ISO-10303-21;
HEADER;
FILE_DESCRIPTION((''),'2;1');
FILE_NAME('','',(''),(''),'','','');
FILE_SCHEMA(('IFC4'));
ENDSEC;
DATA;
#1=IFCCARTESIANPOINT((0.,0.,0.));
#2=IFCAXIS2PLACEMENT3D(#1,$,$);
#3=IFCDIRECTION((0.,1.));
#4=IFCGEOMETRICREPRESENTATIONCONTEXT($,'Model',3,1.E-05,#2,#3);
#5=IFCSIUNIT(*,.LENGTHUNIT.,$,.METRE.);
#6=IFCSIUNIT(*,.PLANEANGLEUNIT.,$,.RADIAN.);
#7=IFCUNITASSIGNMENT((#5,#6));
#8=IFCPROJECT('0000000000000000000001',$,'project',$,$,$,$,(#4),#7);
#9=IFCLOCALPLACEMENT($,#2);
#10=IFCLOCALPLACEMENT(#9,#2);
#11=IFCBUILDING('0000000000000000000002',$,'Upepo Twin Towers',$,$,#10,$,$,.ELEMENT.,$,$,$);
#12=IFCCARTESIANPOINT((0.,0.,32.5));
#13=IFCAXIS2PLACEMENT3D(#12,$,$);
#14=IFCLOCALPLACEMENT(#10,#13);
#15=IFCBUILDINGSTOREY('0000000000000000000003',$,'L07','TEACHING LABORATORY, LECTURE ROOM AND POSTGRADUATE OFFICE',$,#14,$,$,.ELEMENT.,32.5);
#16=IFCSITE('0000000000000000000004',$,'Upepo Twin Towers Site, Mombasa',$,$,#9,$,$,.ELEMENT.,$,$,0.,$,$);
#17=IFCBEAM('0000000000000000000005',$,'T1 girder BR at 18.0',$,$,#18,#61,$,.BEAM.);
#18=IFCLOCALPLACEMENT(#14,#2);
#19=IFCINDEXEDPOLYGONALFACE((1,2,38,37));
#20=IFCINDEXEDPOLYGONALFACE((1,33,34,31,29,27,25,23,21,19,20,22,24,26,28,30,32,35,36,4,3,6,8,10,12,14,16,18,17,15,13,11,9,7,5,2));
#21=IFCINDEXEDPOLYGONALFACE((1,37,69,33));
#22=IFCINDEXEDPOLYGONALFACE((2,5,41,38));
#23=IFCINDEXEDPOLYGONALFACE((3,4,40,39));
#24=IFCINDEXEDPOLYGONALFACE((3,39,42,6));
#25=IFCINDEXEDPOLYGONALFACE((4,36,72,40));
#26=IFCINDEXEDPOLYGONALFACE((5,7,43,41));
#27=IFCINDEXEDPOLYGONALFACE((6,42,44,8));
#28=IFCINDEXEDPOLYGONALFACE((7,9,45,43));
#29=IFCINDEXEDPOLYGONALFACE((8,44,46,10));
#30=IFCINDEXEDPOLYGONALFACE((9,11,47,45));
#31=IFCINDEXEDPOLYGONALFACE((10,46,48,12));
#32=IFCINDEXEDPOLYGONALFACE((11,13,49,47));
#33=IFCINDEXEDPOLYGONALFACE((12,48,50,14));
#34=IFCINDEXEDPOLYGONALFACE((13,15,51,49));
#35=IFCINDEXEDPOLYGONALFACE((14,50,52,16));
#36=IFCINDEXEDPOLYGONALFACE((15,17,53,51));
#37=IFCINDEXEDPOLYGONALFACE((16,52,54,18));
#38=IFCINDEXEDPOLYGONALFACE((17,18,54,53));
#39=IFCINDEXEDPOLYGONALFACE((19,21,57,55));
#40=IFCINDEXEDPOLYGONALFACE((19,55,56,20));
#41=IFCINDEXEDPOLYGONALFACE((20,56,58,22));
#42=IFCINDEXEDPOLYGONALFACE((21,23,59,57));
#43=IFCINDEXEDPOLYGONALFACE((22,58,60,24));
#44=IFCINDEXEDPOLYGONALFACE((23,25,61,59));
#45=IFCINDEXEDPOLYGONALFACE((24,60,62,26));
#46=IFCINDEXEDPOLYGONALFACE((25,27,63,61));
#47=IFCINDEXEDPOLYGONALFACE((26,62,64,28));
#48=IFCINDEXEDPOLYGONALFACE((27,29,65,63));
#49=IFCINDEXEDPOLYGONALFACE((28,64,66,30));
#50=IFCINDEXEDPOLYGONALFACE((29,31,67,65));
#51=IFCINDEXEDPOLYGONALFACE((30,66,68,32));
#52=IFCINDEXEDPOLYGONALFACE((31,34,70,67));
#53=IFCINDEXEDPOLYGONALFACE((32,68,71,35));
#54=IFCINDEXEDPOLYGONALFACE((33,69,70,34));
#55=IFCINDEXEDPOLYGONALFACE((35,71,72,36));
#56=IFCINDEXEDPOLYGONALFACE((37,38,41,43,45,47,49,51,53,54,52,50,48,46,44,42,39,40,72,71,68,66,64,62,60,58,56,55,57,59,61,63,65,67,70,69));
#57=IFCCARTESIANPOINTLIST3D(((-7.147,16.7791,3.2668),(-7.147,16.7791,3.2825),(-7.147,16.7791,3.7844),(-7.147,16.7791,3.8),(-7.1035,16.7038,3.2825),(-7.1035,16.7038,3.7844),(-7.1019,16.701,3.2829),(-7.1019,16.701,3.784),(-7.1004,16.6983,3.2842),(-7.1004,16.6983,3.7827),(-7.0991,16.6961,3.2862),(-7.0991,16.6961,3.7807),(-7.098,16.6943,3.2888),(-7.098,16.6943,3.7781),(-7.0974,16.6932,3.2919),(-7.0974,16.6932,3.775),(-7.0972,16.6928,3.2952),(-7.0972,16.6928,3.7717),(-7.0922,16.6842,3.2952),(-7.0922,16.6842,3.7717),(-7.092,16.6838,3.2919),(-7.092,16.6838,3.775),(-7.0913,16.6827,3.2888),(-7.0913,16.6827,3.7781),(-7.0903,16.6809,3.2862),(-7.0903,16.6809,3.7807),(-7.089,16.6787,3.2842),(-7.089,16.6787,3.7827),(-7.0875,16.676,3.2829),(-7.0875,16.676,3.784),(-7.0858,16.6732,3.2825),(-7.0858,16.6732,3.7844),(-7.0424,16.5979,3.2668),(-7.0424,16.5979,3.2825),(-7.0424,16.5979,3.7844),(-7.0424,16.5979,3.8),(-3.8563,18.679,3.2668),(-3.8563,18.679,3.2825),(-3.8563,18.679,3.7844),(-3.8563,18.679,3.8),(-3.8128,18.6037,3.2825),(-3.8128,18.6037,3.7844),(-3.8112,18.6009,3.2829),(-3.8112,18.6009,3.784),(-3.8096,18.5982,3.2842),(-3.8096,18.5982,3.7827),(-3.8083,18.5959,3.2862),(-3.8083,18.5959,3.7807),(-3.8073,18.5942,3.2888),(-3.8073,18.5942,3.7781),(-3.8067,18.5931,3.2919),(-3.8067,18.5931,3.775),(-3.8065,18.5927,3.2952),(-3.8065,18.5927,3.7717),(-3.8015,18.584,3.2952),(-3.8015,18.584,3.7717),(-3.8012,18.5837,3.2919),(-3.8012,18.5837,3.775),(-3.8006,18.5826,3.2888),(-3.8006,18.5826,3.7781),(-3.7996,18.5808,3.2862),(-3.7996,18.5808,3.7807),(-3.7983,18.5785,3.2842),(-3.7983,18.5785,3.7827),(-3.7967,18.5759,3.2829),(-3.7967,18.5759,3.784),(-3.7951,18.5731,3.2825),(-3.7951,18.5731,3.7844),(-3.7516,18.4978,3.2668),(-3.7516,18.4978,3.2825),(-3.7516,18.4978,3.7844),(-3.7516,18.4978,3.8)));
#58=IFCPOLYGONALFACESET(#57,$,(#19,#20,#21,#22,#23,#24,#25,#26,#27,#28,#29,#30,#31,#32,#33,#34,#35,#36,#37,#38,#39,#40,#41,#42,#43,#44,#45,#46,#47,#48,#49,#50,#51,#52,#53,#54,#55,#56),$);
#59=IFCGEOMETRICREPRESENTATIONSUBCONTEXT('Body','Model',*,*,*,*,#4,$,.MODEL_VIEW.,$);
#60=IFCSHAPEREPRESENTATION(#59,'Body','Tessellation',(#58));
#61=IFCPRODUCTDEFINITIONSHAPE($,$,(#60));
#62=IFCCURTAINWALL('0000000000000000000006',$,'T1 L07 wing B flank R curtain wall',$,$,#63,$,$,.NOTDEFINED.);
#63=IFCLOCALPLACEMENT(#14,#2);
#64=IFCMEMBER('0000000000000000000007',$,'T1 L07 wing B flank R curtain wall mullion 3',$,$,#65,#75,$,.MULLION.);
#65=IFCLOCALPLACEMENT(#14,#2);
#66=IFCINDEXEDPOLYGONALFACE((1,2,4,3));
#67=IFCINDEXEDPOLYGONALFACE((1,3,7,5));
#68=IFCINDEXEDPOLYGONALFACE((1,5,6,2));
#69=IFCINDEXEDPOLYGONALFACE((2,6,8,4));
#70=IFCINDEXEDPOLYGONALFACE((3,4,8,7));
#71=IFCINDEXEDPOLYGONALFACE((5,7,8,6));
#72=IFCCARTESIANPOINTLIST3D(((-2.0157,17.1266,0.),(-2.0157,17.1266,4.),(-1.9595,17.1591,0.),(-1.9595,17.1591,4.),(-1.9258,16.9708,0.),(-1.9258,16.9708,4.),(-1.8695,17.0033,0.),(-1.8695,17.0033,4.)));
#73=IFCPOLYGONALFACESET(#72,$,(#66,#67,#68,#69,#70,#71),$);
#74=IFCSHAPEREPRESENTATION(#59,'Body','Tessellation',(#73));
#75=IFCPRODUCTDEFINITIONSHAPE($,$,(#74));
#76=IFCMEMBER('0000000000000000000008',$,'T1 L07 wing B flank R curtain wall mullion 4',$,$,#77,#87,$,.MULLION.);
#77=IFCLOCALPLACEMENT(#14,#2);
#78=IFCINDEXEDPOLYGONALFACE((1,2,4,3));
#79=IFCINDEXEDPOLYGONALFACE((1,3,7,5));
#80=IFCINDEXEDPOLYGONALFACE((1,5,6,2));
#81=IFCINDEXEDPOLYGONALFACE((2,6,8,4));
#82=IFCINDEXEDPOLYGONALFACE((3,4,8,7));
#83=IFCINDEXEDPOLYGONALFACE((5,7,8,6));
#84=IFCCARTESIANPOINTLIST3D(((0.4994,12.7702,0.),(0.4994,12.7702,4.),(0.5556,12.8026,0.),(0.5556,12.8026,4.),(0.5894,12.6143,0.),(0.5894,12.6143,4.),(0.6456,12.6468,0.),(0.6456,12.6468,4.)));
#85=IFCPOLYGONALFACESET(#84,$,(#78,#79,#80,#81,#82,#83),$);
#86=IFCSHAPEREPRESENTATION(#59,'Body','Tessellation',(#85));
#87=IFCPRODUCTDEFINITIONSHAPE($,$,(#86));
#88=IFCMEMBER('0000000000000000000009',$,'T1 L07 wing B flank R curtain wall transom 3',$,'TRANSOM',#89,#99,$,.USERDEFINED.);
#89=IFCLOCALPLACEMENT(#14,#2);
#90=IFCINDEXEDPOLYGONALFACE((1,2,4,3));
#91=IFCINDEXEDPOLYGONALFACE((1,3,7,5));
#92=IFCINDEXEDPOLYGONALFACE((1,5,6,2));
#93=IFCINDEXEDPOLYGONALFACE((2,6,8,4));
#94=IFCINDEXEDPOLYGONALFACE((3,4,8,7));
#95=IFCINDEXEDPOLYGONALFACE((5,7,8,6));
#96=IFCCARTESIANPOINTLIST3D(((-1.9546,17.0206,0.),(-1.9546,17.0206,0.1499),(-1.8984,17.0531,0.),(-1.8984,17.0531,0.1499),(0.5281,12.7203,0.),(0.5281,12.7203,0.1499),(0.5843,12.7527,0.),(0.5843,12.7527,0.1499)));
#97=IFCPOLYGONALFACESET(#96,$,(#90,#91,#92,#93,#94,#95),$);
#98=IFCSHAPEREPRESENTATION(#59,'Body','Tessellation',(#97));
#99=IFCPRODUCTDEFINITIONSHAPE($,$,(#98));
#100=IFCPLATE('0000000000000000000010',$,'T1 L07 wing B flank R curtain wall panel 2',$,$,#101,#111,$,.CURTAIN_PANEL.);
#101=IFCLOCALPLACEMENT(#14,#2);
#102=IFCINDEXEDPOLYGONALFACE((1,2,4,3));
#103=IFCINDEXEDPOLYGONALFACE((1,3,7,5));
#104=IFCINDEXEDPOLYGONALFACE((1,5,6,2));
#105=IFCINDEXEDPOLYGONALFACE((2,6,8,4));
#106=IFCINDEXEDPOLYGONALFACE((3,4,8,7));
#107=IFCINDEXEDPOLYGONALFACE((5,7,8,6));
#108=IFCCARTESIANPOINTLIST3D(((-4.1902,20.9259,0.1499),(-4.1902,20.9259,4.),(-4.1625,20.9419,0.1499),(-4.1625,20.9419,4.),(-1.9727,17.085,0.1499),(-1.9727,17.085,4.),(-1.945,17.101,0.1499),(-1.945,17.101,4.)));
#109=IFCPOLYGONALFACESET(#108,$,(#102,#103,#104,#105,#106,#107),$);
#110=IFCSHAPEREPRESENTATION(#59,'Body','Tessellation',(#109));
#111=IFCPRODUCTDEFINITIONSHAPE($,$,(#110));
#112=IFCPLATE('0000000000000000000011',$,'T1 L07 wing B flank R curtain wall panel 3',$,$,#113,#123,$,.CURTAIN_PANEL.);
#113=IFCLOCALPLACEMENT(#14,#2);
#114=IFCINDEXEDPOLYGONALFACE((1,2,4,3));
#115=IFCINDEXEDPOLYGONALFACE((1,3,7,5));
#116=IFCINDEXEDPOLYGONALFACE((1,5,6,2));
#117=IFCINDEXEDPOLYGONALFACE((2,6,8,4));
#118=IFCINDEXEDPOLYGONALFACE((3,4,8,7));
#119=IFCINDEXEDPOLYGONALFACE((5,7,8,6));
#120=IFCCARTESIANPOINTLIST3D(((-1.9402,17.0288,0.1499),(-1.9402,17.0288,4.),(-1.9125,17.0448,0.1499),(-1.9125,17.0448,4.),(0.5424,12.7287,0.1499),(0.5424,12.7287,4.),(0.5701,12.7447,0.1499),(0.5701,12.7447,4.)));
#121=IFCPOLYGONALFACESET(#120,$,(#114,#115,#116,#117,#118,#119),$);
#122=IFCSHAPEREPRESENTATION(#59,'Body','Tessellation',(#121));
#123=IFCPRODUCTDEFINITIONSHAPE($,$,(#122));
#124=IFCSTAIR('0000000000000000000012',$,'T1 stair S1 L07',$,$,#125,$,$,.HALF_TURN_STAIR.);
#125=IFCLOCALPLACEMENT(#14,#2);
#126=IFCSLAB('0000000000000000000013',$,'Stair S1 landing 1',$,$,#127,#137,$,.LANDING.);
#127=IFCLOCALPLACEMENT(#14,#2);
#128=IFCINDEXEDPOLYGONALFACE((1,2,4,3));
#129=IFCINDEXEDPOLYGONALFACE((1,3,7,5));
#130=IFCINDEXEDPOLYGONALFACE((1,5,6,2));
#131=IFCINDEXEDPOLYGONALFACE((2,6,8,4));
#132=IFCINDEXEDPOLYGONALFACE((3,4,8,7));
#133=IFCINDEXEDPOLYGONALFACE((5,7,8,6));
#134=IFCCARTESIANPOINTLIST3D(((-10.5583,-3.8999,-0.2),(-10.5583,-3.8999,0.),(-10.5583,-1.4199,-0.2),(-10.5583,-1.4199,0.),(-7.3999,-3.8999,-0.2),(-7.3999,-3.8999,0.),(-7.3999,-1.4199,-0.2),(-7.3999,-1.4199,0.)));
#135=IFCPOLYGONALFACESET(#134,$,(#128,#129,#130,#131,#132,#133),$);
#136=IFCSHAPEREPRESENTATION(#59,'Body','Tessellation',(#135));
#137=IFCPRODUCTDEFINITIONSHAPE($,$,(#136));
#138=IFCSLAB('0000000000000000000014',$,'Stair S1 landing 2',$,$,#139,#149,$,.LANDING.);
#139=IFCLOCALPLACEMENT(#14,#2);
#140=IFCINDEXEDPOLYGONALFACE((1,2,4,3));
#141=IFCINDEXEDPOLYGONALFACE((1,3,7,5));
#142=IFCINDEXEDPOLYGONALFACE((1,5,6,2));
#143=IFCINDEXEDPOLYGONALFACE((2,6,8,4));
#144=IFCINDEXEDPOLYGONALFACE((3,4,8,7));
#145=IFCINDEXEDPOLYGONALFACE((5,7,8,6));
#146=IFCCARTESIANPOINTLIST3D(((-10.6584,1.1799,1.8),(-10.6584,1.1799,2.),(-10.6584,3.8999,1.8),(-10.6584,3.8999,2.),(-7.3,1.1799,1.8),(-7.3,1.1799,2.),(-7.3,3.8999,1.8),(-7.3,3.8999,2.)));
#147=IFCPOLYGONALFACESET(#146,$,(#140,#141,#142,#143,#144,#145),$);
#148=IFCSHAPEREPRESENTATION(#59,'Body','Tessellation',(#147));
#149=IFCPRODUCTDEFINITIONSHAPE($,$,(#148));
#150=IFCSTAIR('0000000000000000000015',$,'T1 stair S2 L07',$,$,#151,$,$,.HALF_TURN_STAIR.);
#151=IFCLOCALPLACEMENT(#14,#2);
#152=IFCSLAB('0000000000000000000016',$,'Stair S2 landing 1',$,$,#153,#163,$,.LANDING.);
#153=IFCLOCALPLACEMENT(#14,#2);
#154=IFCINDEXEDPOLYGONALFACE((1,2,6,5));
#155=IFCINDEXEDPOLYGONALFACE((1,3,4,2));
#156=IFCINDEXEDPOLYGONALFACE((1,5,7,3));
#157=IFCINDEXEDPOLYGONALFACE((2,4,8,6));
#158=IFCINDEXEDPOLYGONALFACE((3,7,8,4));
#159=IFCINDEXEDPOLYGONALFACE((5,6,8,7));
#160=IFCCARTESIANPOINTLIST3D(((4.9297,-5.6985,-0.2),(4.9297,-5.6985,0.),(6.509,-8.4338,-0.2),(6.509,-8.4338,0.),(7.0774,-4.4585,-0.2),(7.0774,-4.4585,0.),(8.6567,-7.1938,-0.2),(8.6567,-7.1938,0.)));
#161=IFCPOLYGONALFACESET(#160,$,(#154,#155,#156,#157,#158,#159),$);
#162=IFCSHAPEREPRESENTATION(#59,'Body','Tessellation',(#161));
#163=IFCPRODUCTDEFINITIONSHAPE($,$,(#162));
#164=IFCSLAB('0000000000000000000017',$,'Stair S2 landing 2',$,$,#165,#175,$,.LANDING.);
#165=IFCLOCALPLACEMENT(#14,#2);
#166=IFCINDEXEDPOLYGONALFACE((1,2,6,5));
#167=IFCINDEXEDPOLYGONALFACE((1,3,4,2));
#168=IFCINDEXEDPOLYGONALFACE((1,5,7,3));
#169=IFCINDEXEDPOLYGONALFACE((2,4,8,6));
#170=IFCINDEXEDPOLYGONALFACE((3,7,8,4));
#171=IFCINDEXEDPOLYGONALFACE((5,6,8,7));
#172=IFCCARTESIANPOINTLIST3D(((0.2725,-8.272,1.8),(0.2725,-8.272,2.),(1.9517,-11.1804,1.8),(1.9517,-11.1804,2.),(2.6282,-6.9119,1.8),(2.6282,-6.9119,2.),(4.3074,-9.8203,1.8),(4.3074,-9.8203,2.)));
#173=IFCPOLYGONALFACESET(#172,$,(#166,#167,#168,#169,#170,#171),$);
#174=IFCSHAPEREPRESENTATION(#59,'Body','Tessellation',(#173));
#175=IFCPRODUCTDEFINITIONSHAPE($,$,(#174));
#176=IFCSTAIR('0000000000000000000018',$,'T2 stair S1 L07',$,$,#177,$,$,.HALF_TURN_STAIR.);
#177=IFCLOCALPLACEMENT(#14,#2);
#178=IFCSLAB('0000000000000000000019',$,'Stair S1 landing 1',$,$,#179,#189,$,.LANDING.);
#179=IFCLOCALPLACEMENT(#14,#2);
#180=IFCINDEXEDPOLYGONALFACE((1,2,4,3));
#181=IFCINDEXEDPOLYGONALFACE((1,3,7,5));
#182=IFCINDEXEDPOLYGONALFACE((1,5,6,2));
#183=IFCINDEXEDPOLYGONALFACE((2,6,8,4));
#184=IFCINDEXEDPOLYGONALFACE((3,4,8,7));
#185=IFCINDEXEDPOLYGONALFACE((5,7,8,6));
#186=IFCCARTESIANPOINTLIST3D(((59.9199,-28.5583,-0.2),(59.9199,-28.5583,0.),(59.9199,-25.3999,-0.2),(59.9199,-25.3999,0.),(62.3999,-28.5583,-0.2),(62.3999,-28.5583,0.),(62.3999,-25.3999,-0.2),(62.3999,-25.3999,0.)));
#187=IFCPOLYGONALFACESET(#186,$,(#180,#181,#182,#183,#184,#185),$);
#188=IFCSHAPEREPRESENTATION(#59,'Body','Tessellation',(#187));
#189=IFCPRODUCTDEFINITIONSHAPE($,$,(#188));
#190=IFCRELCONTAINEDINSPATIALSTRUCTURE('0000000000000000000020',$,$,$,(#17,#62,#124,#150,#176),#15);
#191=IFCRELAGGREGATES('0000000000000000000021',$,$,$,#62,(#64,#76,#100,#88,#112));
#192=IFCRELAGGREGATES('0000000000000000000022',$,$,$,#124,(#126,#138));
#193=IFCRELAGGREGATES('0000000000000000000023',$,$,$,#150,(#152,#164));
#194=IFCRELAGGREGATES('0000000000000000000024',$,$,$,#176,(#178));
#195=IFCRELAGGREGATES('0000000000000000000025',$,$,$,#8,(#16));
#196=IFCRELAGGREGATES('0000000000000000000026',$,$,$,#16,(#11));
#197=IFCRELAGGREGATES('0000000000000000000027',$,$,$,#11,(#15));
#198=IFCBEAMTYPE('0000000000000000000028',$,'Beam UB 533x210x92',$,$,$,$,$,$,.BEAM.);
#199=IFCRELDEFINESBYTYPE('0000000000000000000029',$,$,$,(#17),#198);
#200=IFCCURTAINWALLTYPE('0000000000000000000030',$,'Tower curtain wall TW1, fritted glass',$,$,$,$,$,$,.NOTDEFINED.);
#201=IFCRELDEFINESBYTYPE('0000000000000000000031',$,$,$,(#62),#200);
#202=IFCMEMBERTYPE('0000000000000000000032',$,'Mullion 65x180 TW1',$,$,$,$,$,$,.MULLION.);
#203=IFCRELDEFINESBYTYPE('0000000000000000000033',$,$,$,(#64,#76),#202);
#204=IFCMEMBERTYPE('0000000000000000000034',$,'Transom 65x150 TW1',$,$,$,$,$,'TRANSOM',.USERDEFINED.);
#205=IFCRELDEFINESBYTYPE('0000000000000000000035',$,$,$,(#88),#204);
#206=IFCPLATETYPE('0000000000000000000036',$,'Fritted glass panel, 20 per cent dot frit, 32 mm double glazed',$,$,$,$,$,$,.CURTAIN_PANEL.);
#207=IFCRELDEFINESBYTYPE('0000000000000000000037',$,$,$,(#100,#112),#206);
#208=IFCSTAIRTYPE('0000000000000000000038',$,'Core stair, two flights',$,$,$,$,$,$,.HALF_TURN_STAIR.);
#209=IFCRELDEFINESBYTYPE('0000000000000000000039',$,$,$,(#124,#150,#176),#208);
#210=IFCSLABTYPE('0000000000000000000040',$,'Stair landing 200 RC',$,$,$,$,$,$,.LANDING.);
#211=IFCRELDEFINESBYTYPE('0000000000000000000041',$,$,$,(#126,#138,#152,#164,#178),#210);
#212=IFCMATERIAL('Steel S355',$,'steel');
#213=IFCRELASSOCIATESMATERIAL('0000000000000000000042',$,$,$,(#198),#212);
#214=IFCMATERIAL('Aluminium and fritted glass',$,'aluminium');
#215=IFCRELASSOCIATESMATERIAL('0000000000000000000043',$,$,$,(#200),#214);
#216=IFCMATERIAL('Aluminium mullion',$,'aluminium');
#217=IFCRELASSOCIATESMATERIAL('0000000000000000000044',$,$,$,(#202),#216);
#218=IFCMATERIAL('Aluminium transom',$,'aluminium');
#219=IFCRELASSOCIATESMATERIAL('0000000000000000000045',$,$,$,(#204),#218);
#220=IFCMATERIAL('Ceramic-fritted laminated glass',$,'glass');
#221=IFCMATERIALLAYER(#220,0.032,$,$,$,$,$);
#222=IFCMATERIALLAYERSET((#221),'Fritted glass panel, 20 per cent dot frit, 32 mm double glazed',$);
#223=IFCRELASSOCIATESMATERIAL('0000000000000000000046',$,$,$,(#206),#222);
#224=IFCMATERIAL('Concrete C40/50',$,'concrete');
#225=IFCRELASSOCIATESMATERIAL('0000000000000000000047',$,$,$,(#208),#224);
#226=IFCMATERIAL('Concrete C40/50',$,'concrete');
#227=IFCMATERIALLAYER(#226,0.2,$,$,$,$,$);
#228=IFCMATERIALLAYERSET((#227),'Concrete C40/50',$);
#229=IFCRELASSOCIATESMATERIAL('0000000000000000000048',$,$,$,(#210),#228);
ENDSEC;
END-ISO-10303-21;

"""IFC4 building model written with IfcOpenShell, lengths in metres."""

from ifc_helpers import new_model, si_unit, direction, frame, origin, origin_2d, place, context, subcontext, project, spatial, polyline, rectangle, i_section, outline, extrude, material, layer, layer_set, material_profile, profile_set, type_object, element, aggregate, save


model = new_model("IFC4")

# Units and contexts
model_context = context("Model", 3, precision=1e-05, world=origin(), true_north=direction((0.0, 1.0)))
body_context = subcontext(model_context, "Body", "Model", "MODEL_VIEW")
ifc_project = project(units=[si_unit("LENGTHUNIT", "METRE"), si_unit("PLANEANGLEUNIT", "RADIAN")], contexts=[model_context])

# Site, building, storey
site_placement = place(None, origin())
site = spatial("IfcSite", under=ifc_project, at=site_placement, Name="Upepo Twin Towers Site, Mombasa", CompositionType="ELEMENT", RefElevation=0.0)
building_placement = place(site_placement, origin())
building = spatial("IfcBuilding", under=site, at=building_placement, Name="Upepo Twin Towers", CompositionType="ELEMENT")
storey_placement = place(building_placement, frame((0.0, 0.0, 32.5)))
storey = spatial("IfcBuildingStorey", under=building, at=storey_placement, Name="L07", Description="TEACHING LABORATORY, LECTURE ROOM AND POSTGRADUATE OFFICE", CompositionType="ELEMENT", Elevation=32.5)

# Beam
ifc_material_1 = material(Name="Steel S355", Category="steel")
ifc_material_profile_1 = material_profile(ifc_material_1, i_section(OverallWidth=0.2092, OverallDepth=0.5332, WebThickness=0.01, FlangeThickness=0.0156, FilletRadius=0.0127, at=origin_2d()), Name="UB 533x210x92")
ifc_profile_set_1 = profile_set([ifc_material_profile_1], Name="Steel S355")
beam_type_1 = type_object("IfcBeamType", Name="Beam UB 533x210x92", PredefinedType="BEAM", material=ifc_profile_set_1)
beam_1_placement = place(storey_placement, frame((-3.804, 18.5884, 3.5334), z_axis=(-0.866028, -0.499995, 0.0), x_axis=(0.499995, -0.866028, 0.0)))
element("IfcBeam", 1, at=beam_1_placement, inside=storey, type_object=beam_type_1, Name="T1 girder BR at 18.0", PredefinedType="BEAM", context=body_context, shape_type="SweptSolid", body=[
    extrude(i_section(OverallWidth=0.2092, OverallDepth=0.5332, WebThickness=0.01, FlangeThickness=0.0156, FilletRadius=0.0127, at=origin_2d()), origin(), (0.0, 0.0, 1.0), 3.7998),
])

# Curtain wall, members, plates
ifc_material_2 = material(Name="Aluminium and fritted glass", Category="aluminium")
curtain_wall_type = type_object("IfcCurtainWallType", Name="Tower curtain wall TW1, fritted glass", PredefinedType="NOTDEFINED", material=ifc_material_2)
curtain_wall_placement = place(storey_placement, origin())
curtain_wall = element("IfcCurtainWall", 2, at=curtain_wall_placement, inside=storey, type_object=curtain_wall_type, Name="T1 L07 wing B flank R curtain wall", PredefinedType="NOTDEFINED")
ifc_material_3 = material(Name="Aluminium mullion", Category="aluminium")
ifc_material_profile_2 = material_profile(ifc_material_3, rectangle(XDim=0.0649, YDim=0.1799, at=origin_2d()), Name="MULLION 65x180")
ifc_profile_set_2 = profile_set([ifc_material_profile_2], Name="Aluminium mullion")
member_type_1 = type_object("IfcMemberType", Name="Mullion 65x180 TW1", PredefinedType="MULLION", material=ifc_profile_set_2)
member_1_placement = place(storey_placement, frame((-1.9426, 17.0649, 0.0), z_axis=(0.0, 0.0, 1.0), x_axis=(0.866025, 0.5, 0.0)))
member_1 = element("IfcMember", 3, at=member_1_placement, type_object=member_type_1, Name="T1 L07 wing B flank R curtain wall mullion 3", PredefinedType="MULLION", context=body_context, shape_type="SweptSolid", body=[
    extrude(rectangle(XDim=0.0649, YDim=0.1799, at=origin_2d()), origin(), (0.0, 0.0, 1.0), 4.0),
])
member_2_placement = place(storey_placement, frame((0.5725, 12.7085, 0.0), z_axis=(0.0, 0.0, 1.0), x_axis=(0.866025, 0.5, 0.0)))
member_2 = element("IfcMember", 4, at=member_2_placement, type_object=member_type_1, Name="T1 L07 wing B flank R curtain wall mullion 4", PredefinedType="MULLION", context=body_context, shape_type="SweptSolid", body=[
    extrude(rectangle(XDim=0.0649, YDim=0.1799, at=origin_2d()), origin(), (0.0, 0.0, 1.0), 4.0),
])
ifc_material_4 = material(Name="Aluminium transom", Category="aluminium")
ifc_material_profile_3 = material_profile(ifc_material_4, rectangle(XDim=0.0649, YDim=0.1499, at=origin_2d()), Name="TRANSOM 65x150")
ifc_profile_set_3 = profile_set([ifc_material_profile_3], Name="Aluminium transom")
member_type_2 = type_object("IfcMemberType", Name="Transom 65x150 TW1", ElementType="TRANSOM", PredefinedType="USERDEFINED", material=ifc_profile_set_3)
member_3_placement = place(storey_placement, frame((-1.9265, 17.0369, 0.075), z_axis=(0.499983, -0.866035, 0.0), x_axis=(0.866035, 0.499983, 0.0)))
member_3 = element("IfcMember", 5, at=member_3_placement, type_object=member_type_2, Name="T1 L07 wing B flank R curtain wall transom 3", ObjectType="TRANSOM", PredefinedType="USERDEFINED", context=body_context, shape_type="SweptSolid", body=[
    extrude(rectangle(XDim=0.0649, YDim=0.1499, at=origin_2d()), origin(), (0.0, 0.0, 1.0), 4.9656),
])
ifc_material_5 = material(Name="Ceramic-fritted laminated glass", Category="glass")
ifc_layer_1 = layer(ifc_material_5, 0.032)
ifc_layer_set_1 = layer_set([ifc_layer_1], Name="Fritted glass panel, 20 per cent dot frit, 32 mm double glazed")
plate_type = type_object("IfcPlateType", Name="Fritted glass panel, 20 per cent dot frit, 32 mm double glazed", PredefinedType="CURTAIN_PANEL", material=ifc_layer_set_1)
plate_1_placement = place(storey_placement, frame((-3.0676, 19.0134, 0.1499), z_axis=(0.0, 0.0, 1.0), x_axis=(0.5, -0.866025, 0.0)))
plate_1 = element("IfcPlate", 6, at=plate_1_placement, type_object=plate_type, Name="T1 L07 wing B flank R curtain wall panel 2", PredefinedType="CURTAIN_PANEL", context=body_context, shape_type="SweptSolid", body=[
    extrude(rectangle(XDim=4.4351, YDim=0.032, at=origin_2d()), origin(), (0.0, 0.0, 1.0), 3.8501),
])
plate_2_placement = place(storey_placement, frame((-0.6851, 14.8867, 0.1499), z_axis=(0.0, 0.0, 1.0), x_axis=(0.5, -0.866025, 0.0)))
plate_2 = element("IfcPlate", 7, at=plate_2_placement, type_object=plate_type, Name="T1 L07 wing B flank R curtain wall panel 3", PredefinedType="CURTAIN_PANEL", context=body_context, shape_type="SweptSolid", body=[
    extrude(rectangle(XDim=4.9653, YDim=0.032, at=origin_2d()), origin(), (0.0, 0.0, 1.0), 3.8501),
])
aggregate(curtain_wall, [member_1, member_2, plate_1, member_3, plate_2])

# Stairs, slabs
ifc_material_6 = material(Name="Concrete C40/50", Category="concrete")
stair_type = type_object("IfcStairType", Name="Core stair, two flights", PredefinedType="HALF_TURN_STAIR", material=ifc_material_6)
stair_1_placement = place(storey_placement, origin())
stair_1 = element("IfcStair", 8, at=stair_1_placement, inside=storey, type_object=stair_type, Name="T1 stair S1 L07", PredefinedType="HALF_TURN_STAIR")
ifc_material_7 = material(Name="Concrete C40/50", Category="concrete")
ifc_layer_2 = layer(ifc_material_7, 0.2)
ifc_layer_set_2 = layer_set([ifc_layer_2], Name="Concrete C40/50")
slab_type_1 = type_object("IfcSlabType", Name="Stair landing 200 RC", PredefinedType="LANDING", material=ifc_layer_set_2)
slab_1_placement = place(storey_placement, frame((0.0, 0.0, -0.2)))
slab_1 = element("IfcSlab", 9, at=slab_1_placement, type_object=slab_type_1, Name="Stair S1 landing 1", PredefinedType="LANDING", context=body_context, shape_type="SweptSolid", body=[
    extrude(outline(polyline([(-7.3999, -1.4199), (-10.5583, -1.4199), (-10.5583, -3.8999), (-7.3999, -3.8999), (-7.3999, -1.4199)])), origin(), (0.0, 0.0, 1.0), 0.2),
])
slab_2_placement = place(storey_placement, frame((0.0, 0.0, 1.8)))
slab_2 = element("IfcSlab", 10, at=slab_2_placement, type_object=slab_type_1, Name="Stair S1 landing 2", PredefinedType="LANDING", context=body_context, shape_type="SweptSolid", body=[
    extrude(outline(polyline([(-7.3, 3.8999), (-10.6584, 3.8999), (-10.6584, 1.1799), (-7.3, 1.1799), (-7.3, 3.8999)])), origin(), (0.0, 0.0, 1.0), 0.2),
])
aggregate(stair_1, [slab_1, slab_2])
stair_2_placement = place(storey_placement, origin())
stair_2 = element("IfcStair", 11, at=stair_2_placement, inside=storey, type_object=stair_type, Name="T1 stair S2 L07", PredefinedType="HALF_TURN_STAIR")
slab_3_placement = place(storey_placement, frame((0.0, 0.0, -0.2)))
slab_3 = element("IfcSlab", 12, at=slab_3_placement, type_object=slab_type_1, Name="Stair S2 landing 1", PredefinedType="LANDING", context=body_context, shape_type="SweptSolid", body=[
    extrude(outline(polyline([(4.9297, -5.6985), (6.509, -8.4338), (8.6567, -7.1938), (7.0774, -4.4585), (4.9297, -5.6985)])), origin(), (0.0, 0.0, 1.0), 0.2),
])
slab_4_placement = place(storey_placement, frame((0.0, 0.0, 1.8)))
slab_4 = element("IfcSlab", 13, at=slab_4_placement, type_object=slab_type_1, Name="Stair S2 landing 2", PredefinedType="LANDING", context=body_context, shape_type="SweptSolid", body=[
    extrude(outline(polyline([(0.2725, -8.272), (1.9517, -11.1804), (4.3074, -9.8203), (2.6282, -6.9119), (0.2725, -8.272)])), origin(), (0.0, 0.0, 1.0), 0.2),
])
aggregate(stair_2, [slab_3, slab_4])
stair_3_placement = place(storey_placement, origin())
stair_3 = element("IfcStair", 14, at=stair_3_placement, inside=storey, type_object=stair_type, Name="T2 stair S1 L07", PredefinedType="HALF_TURN_STAIR")
slab_5_placement = place(storey_placement, frame((0.0, 0.0, -0.2)))
slab_5 = element("IfcSlab", 15, at=slab_5_placement, type_object=slab_type_1, Name="Stair S1 landing 1", PredefinedType="LANDING", context=body_context, shape_type="SweptSolid", body=[
    extrude(outline(polyline([(59.9199, -25.3999), (59.9199, -28.5583), (62.3999, -28.5583), (62.3999, -25.3999), (59.9199, -25.3999)])), origin(), (0.0, 0.0, 1.0), 0.2),
])
aggregate(stair_3, [slab_5])

save(model, "model.ifc")
